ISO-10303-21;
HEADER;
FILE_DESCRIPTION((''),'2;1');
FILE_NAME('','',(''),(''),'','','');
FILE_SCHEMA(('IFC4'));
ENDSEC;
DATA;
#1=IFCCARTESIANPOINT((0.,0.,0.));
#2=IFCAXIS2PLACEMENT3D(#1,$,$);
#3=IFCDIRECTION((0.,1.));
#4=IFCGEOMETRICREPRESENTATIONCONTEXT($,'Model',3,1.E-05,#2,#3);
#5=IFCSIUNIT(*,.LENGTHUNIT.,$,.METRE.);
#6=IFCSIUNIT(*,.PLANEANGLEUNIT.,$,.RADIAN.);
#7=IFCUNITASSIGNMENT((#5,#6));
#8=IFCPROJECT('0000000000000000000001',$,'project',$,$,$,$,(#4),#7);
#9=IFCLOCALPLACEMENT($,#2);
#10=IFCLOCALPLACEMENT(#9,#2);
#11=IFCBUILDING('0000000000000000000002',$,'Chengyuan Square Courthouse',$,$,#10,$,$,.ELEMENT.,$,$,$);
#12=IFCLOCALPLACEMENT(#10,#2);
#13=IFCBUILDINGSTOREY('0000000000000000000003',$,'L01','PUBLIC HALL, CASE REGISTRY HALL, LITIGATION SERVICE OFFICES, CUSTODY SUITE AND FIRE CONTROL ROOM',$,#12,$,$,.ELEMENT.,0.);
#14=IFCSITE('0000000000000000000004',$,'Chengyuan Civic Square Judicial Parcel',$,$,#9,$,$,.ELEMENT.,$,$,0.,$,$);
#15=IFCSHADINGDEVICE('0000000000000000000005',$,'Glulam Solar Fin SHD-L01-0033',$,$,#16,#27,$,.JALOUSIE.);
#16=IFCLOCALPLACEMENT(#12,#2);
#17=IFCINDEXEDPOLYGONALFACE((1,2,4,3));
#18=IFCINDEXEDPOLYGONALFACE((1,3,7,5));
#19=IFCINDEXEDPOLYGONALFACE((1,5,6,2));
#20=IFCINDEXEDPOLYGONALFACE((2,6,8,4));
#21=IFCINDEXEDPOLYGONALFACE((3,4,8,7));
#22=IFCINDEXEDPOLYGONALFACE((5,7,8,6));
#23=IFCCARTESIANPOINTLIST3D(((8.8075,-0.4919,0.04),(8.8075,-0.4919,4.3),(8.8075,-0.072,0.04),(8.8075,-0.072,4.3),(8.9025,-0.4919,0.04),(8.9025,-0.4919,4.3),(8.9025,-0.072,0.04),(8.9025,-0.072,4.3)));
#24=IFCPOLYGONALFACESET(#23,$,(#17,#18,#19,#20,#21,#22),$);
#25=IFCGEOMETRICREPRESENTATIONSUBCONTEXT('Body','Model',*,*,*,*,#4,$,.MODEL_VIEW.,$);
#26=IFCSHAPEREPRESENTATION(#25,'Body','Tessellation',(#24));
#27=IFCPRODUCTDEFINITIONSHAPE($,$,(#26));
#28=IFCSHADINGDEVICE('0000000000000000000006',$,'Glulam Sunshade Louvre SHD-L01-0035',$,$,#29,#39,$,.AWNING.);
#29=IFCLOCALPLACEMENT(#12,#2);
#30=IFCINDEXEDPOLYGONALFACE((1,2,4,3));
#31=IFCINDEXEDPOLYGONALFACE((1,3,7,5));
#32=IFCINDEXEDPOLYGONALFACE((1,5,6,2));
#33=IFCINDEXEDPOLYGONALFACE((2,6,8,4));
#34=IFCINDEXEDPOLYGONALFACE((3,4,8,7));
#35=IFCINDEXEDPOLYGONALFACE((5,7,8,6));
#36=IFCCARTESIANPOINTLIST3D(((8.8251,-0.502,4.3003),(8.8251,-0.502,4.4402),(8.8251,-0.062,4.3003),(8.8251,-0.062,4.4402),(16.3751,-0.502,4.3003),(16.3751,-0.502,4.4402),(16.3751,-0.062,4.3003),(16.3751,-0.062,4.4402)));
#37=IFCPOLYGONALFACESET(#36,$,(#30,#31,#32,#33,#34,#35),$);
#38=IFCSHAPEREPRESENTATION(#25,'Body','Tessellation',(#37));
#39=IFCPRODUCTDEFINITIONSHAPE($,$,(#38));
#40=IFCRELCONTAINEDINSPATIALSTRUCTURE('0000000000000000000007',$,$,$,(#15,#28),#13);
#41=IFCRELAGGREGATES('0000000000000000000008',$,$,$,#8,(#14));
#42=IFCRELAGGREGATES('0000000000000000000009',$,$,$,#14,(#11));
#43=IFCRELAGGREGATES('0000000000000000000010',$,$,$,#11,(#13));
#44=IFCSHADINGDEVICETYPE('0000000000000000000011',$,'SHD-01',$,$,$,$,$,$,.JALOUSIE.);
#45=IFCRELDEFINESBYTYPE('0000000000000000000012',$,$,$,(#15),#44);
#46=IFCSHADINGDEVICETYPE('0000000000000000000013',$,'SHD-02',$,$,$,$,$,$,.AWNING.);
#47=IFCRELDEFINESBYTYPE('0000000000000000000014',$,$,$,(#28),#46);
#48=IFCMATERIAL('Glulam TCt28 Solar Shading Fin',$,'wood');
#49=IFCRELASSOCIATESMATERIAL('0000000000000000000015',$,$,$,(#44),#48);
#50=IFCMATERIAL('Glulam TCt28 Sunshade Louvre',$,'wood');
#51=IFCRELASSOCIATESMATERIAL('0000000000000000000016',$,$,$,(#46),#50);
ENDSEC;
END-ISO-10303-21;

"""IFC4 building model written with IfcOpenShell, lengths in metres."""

from ifc_helpers import new_model, si_unit, direction, frame, origin, origin_2d, place, context, subcontext, project, spatial, rectangle, extrude, material, type_object, element, save


model = new_model("IFC4")

# Units and contexts
model_context = context("Model", 3, precision=1e-05, world=origin(), true_north=direction((0.0, 1.0)))
body_context = subcontext(model_context, "Body", "Model", "MODEL_VIEW")
ifc_project = project(units=[si_unit("LENGTHUNIT", "METRE"), si_unit("PLANEANGLEUNIT", "RADIAN")], contexts=[model_context])

# Site, building, storey
site_placement = place(None, origin())
site = spatial("IfcSite", under=ifc_project, at=site_placement, Name="Chengyuan Civic Square Judicial Parcel", CompositionType="ELEMENT", RefElevation=0.0)
building_placement = place(site_placement, origin())
building = spatial("IfcBuilding", under=site, at=building_placement, Name="Chengyuan Square Courthouse", CompositionType="ELEMENT")
storey_placement = place(building_placement, origin())
storey = spatial("IfcBuildingStorey", under=building, at=storey_placement, Name="L01", Description="PUBLIC HALL, CASE REGISTRY HALL, LITIGATION SERVICE OFFICES, CUSTODY SUITE AND FIRE CONTROL ROOM", CompositionType="ELEMENT", Elevation=0.0)

# Shading devices
ifc_material_1 = material(Name="Glulam TCt28 Solar Shading Fin", Category="wood")
shading_device_type_1 = type_object("IfcShadingDeviceType", Name="SHD-01", PredefinedType="JALOUSIE", material=ifc_material_1)
shading_device_1_placement = place(storey_placement, frame((8.855, -0.282, 0.04), z_axis=(0.0, 0.0, 1.0), x_axis=(0.0, 1.0, 0.0)))
element("IfcShadingDevice", 1, at=shading_device_1_placement, inside=storey, type_object=shading_device_type_1, Name="Glulam Solar Fin SHD-L01-0033", PredefinedType="JALOUSIE", context=body_context, shape_type="SweptSolid", body=[
    extrude(rectangle(XDim=0.4199, YDim=0.095, at=origin_2d()), origin(), (0.0, 0.0, 1.0), 4.26),
])
ifc_material_2 = material(Name="Glulam TCt28 Sunshade Louvre", Category="wood")
shading_device_type_2 = type_object("IfcShadingDeviceType", Name="SHD-02", PredefinedType="AWNING", material=ifc_material_2)
shading_device_2_placement = place(storey_placement, frame((12.6001, -0.282, 4.3003), z_axis=(0.0, 0.0, 1.0), x_axis=(1.0, 0.0, 0.0)))
element("IfcShadingDevice", 2, at=shading_device_2_placement, inside=storey, type_object=shading_device_type_2, Name="Glulam Sunshade Louvre SHD-L01-0035", PredefinedType="AWNING", context=body_context, shape_type="SweptSolid", body=[
    extrude(rectangle(XDim=7.55, YDim=0.4399, at=origin_2d()), origin(), (0.0, 0.0, 1.0), 0.1399),
])

save(model, "model.ifc")
